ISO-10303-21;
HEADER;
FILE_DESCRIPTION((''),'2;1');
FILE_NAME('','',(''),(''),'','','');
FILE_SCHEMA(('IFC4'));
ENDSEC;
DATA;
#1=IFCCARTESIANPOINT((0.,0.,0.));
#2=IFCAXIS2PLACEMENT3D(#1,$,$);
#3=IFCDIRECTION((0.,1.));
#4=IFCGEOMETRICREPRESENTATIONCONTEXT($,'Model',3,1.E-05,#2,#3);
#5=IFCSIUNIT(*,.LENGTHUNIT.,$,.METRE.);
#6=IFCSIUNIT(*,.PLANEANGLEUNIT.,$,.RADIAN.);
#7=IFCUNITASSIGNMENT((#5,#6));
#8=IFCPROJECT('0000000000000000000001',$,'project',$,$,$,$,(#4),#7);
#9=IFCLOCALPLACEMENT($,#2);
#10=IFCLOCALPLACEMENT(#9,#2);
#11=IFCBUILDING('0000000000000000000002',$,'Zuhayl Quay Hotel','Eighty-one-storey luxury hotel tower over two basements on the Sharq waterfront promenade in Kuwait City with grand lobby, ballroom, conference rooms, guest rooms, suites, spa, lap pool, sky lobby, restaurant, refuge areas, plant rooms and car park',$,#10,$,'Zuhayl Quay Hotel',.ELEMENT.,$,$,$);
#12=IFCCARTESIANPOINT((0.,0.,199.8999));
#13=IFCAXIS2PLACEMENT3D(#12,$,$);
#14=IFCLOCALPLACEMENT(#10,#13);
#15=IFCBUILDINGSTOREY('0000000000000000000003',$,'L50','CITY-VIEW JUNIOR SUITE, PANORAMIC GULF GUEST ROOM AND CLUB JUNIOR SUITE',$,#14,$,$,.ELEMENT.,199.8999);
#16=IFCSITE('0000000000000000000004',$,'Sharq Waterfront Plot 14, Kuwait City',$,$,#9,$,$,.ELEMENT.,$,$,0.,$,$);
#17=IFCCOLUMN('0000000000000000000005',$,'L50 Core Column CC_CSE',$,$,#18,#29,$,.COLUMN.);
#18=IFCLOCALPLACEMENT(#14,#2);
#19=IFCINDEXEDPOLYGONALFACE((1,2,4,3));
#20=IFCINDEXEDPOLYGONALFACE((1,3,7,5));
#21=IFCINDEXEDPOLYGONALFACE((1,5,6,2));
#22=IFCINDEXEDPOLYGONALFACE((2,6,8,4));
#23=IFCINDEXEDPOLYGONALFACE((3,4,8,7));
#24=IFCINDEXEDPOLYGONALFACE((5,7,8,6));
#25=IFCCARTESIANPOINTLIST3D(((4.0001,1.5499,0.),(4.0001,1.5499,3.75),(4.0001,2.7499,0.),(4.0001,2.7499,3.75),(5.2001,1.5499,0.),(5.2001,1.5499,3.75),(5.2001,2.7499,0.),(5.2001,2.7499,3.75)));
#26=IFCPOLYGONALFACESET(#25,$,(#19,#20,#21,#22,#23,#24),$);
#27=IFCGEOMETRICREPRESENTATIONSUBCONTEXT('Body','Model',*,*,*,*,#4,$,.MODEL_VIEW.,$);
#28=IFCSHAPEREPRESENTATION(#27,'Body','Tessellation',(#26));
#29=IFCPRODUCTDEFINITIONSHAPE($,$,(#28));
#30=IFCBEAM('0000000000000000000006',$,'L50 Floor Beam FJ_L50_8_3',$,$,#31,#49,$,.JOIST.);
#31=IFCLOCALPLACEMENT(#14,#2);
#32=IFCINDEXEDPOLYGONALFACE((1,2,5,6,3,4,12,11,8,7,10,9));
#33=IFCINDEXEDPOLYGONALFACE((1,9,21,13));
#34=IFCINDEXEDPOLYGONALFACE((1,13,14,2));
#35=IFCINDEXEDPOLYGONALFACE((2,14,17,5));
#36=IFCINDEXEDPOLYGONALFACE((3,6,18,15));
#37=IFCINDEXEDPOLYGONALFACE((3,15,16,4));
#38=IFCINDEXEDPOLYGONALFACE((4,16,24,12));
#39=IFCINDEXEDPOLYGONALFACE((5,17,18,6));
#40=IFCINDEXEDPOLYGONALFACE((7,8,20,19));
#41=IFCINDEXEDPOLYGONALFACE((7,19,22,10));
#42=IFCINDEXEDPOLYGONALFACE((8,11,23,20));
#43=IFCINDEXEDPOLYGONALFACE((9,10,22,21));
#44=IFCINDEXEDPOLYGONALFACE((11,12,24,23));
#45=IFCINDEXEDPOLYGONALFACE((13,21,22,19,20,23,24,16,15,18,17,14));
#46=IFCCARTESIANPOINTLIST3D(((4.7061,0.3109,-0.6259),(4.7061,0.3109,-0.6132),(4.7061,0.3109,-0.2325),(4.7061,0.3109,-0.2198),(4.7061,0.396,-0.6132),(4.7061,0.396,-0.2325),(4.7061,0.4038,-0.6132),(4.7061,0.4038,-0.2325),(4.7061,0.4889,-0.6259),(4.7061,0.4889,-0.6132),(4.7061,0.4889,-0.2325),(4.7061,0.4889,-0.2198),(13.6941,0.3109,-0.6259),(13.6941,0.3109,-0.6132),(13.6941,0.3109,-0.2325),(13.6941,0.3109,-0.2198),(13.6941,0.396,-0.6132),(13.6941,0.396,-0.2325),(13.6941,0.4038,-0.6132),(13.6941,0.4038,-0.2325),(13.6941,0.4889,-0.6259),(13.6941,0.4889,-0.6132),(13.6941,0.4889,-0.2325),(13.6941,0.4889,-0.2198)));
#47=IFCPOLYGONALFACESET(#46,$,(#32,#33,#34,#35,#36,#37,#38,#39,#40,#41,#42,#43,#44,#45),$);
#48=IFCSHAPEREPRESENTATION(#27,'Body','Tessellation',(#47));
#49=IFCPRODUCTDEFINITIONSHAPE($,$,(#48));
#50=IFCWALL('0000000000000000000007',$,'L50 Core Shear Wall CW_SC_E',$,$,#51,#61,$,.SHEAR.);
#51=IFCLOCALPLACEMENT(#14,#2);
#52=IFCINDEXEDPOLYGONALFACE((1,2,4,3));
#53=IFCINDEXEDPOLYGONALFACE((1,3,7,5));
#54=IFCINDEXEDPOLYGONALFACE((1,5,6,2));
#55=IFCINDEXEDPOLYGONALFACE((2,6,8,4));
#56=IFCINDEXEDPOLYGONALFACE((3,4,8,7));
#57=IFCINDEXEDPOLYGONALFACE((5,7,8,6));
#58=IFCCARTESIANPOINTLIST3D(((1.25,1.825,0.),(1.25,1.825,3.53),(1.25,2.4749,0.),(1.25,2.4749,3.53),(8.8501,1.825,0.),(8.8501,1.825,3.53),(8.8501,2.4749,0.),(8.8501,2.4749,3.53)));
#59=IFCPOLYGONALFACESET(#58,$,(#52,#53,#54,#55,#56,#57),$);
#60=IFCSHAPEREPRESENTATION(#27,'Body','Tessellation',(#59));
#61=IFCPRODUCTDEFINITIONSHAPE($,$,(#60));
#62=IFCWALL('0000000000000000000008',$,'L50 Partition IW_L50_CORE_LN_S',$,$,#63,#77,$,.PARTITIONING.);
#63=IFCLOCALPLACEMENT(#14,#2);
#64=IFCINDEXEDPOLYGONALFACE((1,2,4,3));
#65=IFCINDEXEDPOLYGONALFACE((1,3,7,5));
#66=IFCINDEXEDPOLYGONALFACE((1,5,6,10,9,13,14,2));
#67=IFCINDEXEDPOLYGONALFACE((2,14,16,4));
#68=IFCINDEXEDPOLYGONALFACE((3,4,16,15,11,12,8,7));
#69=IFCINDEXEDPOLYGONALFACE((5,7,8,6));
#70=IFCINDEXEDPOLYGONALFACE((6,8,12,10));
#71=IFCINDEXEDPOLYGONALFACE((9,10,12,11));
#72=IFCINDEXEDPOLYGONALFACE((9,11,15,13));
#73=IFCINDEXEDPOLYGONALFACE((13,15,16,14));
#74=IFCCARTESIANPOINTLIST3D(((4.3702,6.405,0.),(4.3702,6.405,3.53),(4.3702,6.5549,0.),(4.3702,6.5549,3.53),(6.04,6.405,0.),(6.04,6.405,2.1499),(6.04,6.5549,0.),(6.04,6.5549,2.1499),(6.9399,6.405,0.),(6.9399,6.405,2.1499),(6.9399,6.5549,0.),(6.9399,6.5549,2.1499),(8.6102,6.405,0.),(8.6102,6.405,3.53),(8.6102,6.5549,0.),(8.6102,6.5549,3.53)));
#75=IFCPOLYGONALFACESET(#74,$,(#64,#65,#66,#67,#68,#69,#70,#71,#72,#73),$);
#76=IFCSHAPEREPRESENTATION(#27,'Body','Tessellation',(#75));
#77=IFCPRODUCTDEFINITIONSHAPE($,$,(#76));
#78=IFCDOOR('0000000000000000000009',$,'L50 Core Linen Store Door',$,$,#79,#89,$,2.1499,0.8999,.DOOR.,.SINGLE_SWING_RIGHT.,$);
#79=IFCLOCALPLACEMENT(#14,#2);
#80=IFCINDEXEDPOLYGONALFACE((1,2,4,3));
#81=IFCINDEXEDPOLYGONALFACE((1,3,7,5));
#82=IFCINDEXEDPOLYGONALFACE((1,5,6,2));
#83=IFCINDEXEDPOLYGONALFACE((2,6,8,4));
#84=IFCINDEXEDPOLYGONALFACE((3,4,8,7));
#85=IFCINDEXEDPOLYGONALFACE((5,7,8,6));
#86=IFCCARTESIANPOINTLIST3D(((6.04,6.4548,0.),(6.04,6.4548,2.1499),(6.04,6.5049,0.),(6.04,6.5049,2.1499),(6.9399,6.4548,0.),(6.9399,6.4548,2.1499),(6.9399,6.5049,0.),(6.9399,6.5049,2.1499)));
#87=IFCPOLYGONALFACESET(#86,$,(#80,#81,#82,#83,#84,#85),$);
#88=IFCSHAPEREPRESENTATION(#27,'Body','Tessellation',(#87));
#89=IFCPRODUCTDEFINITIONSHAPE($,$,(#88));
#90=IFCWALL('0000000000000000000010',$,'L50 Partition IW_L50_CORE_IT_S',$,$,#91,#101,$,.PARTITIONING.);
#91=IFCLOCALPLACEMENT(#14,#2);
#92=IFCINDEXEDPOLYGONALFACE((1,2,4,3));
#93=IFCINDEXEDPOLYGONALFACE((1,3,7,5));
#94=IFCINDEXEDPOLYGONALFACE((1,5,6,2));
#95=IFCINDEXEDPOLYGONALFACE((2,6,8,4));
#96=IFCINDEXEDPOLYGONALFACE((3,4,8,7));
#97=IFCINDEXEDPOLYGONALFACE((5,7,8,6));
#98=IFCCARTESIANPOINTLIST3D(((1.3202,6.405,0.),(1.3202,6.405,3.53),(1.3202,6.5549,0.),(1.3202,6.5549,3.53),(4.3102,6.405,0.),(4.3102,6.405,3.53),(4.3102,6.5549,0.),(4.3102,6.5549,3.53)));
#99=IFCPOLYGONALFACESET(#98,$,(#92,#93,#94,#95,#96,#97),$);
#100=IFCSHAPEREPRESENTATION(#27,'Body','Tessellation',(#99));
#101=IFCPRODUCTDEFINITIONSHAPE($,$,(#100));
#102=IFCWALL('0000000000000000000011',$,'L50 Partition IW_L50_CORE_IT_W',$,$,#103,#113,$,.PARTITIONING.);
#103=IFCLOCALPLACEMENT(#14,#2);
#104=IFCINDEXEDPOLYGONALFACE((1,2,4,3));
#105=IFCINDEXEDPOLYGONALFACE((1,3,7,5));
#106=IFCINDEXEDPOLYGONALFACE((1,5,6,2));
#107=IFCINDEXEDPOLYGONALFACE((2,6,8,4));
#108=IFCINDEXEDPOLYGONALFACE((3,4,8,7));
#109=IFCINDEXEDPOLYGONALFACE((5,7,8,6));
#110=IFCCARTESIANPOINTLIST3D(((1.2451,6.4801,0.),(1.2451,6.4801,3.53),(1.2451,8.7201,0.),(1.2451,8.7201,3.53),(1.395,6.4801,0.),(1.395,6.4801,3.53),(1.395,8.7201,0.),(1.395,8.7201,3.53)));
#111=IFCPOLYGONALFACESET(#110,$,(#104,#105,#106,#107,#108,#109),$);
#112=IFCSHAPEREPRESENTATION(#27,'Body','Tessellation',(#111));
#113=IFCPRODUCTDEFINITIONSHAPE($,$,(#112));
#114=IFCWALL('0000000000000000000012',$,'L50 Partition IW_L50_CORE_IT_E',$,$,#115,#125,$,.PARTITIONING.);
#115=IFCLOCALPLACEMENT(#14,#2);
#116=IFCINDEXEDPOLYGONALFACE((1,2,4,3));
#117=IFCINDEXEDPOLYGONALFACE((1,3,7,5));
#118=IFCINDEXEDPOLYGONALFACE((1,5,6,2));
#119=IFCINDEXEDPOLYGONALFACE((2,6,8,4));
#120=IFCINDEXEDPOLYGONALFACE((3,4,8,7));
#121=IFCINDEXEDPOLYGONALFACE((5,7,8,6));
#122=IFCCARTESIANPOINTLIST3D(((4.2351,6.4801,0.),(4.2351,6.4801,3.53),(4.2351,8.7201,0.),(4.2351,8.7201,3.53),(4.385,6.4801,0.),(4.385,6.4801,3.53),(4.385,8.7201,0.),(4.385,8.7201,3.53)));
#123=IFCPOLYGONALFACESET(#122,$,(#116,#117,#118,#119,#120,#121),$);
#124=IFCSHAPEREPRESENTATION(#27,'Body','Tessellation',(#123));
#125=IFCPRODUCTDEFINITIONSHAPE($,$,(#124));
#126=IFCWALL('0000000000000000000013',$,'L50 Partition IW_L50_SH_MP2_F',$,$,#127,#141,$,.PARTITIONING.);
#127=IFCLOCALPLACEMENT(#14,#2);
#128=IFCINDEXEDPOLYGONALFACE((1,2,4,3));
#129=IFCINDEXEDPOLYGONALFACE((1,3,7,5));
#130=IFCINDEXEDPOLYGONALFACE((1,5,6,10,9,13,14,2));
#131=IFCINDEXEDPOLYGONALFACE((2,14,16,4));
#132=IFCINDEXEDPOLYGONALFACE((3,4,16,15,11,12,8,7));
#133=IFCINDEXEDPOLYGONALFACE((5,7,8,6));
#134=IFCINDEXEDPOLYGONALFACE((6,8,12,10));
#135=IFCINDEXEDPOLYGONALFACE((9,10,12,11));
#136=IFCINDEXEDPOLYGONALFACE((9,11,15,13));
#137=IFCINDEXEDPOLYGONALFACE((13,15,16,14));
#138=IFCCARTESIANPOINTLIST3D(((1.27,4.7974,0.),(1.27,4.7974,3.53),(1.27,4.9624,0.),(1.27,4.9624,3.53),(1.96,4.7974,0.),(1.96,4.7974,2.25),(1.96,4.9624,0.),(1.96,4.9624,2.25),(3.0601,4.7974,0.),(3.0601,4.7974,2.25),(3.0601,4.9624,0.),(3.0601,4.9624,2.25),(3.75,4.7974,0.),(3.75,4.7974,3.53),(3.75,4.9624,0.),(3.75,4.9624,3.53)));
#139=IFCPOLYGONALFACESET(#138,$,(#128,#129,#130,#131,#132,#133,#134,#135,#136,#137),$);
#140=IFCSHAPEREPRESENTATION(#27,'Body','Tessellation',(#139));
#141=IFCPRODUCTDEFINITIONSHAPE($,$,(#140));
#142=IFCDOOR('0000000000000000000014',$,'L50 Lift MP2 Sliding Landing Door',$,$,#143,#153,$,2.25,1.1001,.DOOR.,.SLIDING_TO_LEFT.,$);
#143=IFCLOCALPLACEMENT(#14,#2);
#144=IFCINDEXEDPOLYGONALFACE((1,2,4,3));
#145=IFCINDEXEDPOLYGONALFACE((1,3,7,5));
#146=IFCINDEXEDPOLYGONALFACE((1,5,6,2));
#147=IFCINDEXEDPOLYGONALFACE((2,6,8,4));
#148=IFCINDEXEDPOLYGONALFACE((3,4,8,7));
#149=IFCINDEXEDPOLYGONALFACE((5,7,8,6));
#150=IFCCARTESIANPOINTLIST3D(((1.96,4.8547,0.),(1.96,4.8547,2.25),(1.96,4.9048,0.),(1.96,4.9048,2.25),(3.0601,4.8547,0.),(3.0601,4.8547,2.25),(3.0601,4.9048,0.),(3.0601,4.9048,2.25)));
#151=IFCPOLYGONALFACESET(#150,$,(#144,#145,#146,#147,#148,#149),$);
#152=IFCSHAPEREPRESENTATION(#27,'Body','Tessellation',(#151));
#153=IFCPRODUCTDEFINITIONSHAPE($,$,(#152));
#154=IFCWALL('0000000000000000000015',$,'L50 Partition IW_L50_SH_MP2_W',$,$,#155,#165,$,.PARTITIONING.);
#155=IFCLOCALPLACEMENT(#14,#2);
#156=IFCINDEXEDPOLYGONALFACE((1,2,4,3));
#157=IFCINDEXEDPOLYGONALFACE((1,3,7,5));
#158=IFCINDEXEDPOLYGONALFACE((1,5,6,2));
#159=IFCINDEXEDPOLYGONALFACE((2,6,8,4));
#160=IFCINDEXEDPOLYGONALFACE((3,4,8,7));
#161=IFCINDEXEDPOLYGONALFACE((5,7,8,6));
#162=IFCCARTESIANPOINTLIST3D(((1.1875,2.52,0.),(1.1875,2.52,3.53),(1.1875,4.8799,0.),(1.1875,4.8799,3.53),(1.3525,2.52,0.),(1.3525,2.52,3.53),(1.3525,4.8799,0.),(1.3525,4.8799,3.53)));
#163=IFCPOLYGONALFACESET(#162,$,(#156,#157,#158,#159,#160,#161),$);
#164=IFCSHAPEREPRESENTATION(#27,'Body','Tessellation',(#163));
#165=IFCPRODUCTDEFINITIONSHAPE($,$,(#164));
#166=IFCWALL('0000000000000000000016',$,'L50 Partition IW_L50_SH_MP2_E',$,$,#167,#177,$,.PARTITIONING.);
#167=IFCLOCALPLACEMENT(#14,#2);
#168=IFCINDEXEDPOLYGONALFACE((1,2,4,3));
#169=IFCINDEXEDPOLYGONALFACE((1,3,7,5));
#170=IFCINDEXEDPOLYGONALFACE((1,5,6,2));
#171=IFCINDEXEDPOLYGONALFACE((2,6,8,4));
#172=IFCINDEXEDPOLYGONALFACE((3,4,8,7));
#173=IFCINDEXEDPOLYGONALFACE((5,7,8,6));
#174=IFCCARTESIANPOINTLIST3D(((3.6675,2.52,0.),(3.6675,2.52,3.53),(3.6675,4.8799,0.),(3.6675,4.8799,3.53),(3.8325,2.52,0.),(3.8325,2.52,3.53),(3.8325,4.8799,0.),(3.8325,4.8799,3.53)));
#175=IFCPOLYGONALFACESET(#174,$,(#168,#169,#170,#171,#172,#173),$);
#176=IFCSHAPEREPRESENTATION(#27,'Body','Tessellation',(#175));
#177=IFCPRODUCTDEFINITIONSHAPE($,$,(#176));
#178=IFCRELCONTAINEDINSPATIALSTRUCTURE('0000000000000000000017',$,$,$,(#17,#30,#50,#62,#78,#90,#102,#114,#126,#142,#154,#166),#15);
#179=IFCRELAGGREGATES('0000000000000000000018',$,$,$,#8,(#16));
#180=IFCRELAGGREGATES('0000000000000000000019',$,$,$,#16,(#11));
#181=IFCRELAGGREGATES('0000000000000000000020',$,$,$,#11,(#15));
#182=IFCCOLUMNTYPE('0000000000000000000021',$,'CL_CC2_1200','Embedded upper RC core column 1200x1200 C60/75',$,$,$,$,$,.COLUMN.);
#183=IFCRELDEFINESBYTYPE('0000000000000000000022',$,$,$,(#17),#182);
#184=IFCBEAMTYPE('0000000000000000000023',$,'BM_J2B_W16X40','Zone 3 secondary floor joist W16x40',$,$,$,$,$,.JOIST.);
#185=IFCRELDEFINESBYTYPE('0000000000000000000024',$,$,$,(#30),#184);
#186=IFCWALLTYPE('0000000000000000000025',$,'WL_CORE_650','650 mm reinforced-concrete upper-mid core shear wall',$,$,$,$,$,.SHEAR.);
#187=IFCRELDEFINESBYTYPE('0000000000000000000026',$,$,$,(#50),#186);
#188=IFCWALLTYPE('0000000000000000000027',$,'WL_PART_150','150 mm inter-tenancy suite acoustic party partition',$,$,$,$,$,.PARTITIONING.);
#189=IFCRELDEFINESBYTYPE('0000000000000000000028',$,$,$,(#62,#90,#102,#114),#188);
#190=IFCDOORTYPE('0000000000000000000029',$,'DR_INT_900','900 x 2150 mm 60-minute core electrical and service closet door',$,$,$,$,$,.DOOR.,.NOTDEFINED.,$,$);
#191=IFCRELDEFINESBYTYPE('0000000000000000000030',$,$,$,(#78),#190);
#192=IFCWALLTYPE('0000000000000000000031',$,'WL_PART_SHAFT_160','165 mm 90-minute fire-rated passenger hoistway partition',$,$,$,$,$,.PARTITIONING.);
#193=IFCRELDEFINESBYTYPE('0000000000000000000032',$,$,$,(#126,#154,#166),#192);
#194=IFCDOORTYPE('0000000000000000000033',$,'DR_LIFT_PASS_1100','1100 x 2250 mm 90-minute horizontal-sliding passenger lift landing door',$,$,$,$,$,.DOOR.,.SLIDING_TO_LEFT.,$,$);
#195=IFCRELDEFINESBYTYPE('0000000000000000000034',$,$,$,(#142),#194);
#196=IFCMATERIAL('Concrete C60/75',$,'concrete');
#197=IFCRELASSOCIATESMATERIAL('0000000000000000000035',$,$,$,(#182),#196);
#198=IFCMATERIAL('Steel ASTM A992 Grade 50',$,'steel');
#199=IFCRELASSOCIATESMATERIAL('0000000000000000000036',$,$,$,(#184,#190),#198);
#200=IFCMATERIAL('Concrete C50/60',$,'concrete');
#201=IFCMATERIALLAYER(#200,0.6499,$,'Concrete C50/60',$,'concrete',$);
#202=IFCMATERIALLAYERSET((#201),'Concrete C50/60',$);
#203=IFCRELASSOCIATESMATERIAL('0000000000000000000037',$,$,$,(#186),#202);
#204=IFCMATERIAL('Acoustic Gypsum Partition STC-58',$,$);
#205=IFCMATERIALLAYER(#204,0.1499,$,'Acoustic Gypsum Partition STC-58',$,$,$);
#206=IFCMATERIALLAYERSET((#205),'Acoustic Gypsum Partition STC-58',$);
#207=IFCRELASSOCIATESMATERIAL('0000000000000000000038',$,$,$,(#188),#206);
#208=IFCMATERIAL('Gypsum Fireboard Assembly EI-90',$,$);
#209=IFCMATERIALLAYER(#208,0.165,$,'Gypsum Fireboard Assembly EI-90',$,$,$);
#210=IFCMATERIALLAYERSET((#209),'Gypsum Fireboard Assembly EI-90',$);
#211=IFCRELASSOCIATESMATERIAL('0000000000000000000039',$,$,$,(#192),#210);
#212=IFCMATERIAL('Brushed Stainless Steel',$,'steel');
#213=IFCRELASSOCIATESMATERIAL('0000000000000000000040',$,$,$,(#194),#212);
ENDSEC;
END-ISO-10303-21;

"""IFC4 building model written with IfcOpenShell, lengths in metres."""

from ifc_helpers import new_model, si_unit, direction, frame, frame_2d, origin, origin_2d, place, context, subcontext, project, spatial, rectangle, i_section, extrude, material, layer, layer_set, material_profile, profile_set, type_object, element, fill, save


model = new_model("IFC4")

# Units and contexts
model_context = context("Model", 3, precision=1e-05, world=origin(), true_north=direction((0.0, 1.0)))
body_context = subcontext(model_context, "Body", "Model", "MODEL_VIEW")
ifc_project = project(units=[si_unit("LENGTHUNIT", "METRE"), si_unit("PLANEANGLEUNIT", "RADIAN")], contexts=[model_context])

# Site, building, storey
site_placement = place(None, origin())
site = spatial("IfcSite", under=ifc_project, at=site_placement, Name="Sharq Waterfront Plot 14, Kuwait City", CompositionType="ELEMENT", RefElevation=0.0)
building_placement = place(site_placement, origin())
building = spatial("IfcBuilding", under=site, at=building_placement, Name="Zuhayl Quay Hotel", Description="Eighty-one-storey luxury hotel tower over two basements on the Sharq waterfront promenade in Kuwait City with grand lobby, ballroom, conference rooms, guest rooms, suites, spa, lap pool, sky lobby, restaurant, refuge areas, plant rooms and car park", LongName="Zuhayl Quay Hotel", CompositionType="ELEMENT")
storey_placement = place(building_placement, frame((0.0, 0.0, 199.8999)))
storey = spatial("IfcBuildingStorey", under=building, at=storey_placement, Name="L50", Description="CITY-VIEW JUNIOR SUITE, PANORAMIC GULF GUEST ROOM AND CLUB JUNIOR SUITE", CompositionType="ELEMENT", Elevation=199.8999)

# Column
ifc_material_1 = material(Name="Concrete C60/75", Category="concrete")
ifc_material_profile_1 = material_profile(ifc_material_1, rectangle(XDim=1.2, YDim=1.2, at=origin_2d()), Name="RC1200X1200")
ifc_profile_set_1 = profile_set([ifc_material_profile_1], Name="Concrete C60/75")
column_type = type_object("IfcColumnType", Name="CL_CC2_1200", Description="Embedded upper RC core column 1200x1200 C60/75", PredefinedType="COLUMN", material=ifc_profile_set_1)
column_placement = place(storey_placement, frame((4.6001, 2.1499, 0.0), z_axis=(0.0, 0.0, 1.0), x_axis=(1.0, 0.0, 0.0)))
element("IfcColumn", 1, at=column_placement, inside=storey, type_object=column_type, Name="L50 Core Column CC_CSE", PredefinedType="COLUMN", context=body_context, shape_type="SweptSolid", body=[
    extrude(rectangle(XDim=1.2, YDim=1.2, at=origin_2d()), origin(), (0.0, 0.0, 1.0), 3.75),
])

# Beam
ifc_material_2 = material(Name="Steel ASTM A992 Grade 50", Category="steel")
ifc_material_profile_2 = material_profile(ifc_material_2, i_section(OverallWidth=0.178, OverallDepth=0.406, WebThickness=0.0078, FlangeThickness=0.0127, at=origin_2d()), Name="W16X40")
ifc_profile_set_2 = profile_set([ifc_material_profile_2], Name="Steel ASTM A992 Grade 50")
beam_type = type_object("IfcBeamType", Name="BM_J2B_W16X40", Description="Zone 3 secondary floor joist W16x40", PredefinedType="JOIST", material=ifc_profile_set_2)
beam_placement = place(storey_placement, frame((4.7061, 0.3999, -0.4229), z_axis=(1.0, 0.0, 0.0), x_axis=(0.0, 1.0, 0.0)))
element("IfcBeam", 2, at=beam_placement, inside=storey, type_object=beam_type, Name="L50 Floor Beam FJ_L50_8_3", PredefinedType="JOIST", context=body_context, shape_type="SweptSolid", body=[
    extrude(i_section(OverallWidth=0.178, OverallDepth=0.406, WebThickness=0.0078, FlangeThickness=0.0127, at=origin_2d()), origin(), (0.0, 0.0, 1.0), 8.988),
])

# Wall
ifc_material_3 = material(Name="Concrete C50/60", Category="concrete")
ifc_layer_1 = layer(ifc_material_3, 0.6499, Name="Concrete C50/60", Category="concrete")
ifc_layer_set_1 = layer_set([ifc_layer_1], Name="Concrete C50/60")
wall_type_1 = type_object("IfcWallType", Name="WL_CORE_650", Description="650 mm reinforced-concrete upper-mid core shear wall", PredefinedType="SHEAR", material=ifc_layer_set_1)
wall_1_placement = place(storey_placement, frame((1.25, 2.1499, 0.0), z_axis=(0.0, 0.0, 1.0), x_axis=(1.0, 0.0, 0.0)))
element("IfcWall", 3, at=wall_1_placement, inside=storey, type_object=wall_type_1, Name="L50 Core Shear Wall CW_SC_E", PredefinedType="SHEAR", context=body_context, shape_type="SweptSolid", body=[
    extrude(rectangle(XDim=7.6001, YDim=0.6499, at=frame_2d((3.8, 0.0))), origin(), (0.0, 0.0, 1.0), 3.53),
])

# Wall, opening, door
ifc_material_4 = material(Name="Acoustic Gypsum Partition STC-58")
ifc_layer_2 = layer(ifc_material_4, 0.1499, Name="Acoustic Gypsum Partition STC-58")
ifc_layer_set_2 = layer_set([ifc_layer_2], Name="Acoustic Gypsum Partition STC-58")
wall_type_2 = type_object("IfcWallType", Name="WL_PART_150", Description="150 mm inter-tenancy suite acoustic party partition", PredefinedType="PARTITIONING", material=ifc_layer_set_2)
door_type_1 = type_object("IfcDoorType", Name="DR_INT_900", Description="900 x 2150 mm 60-minute core electrical and service closet door", OperationType="NOTDEFINED", PredefinedType="DOOR", material=ifc_material_2)
wall_2_placement = place(storey_placement, frame((4.3701, 6.48, 0.0), z_axis=(0.0, 0.0, 1.0), x_axis=(1.0, 0.0, 0.0)))
wall_2 = element("IfcWall", 4, at=wall_2_placement, inside=storey, type_object=wall_type_2, Name="L50 Partition IW_L50_CORE_LN_S", PredefinedType="PARTITIONING", context=body_context, shape_type="SweptSolid", body=[
    extrude(rectangle(XDim=4.24, YDim=0.1499, at=frame_2d((2.1201, 0.0))), origin(), (0.0, 0.0, 1.0), 3.53),
])
opening_1_placement = place(wall_2_placement, frame((1.6699, 0.0, 0.0)))
opening_1 = element("IfcOpeningElement", 5, at=opening_1_placement, cuts=wall_2, PredefinedType="OPENING", context=body_context, shape_type="SweptSolid", body=[
    extrude(rectangle(XDim=0.8999, YDim=2.1499, at=frame_2d((0.45, 1.075))), frame((0.0, 0.085, 0.0), z_axis=(0.0, -1.0, 0.0), x_axis=(1.0, 0.0, 0.0)), (0.0, 0.0, 1.0), 0.1699),
])
door_1_placement = place(opening_1_placement, origin())
door_1 = element("IfcDoor", 6, at=door_1_placement, inside=storey, type_object=door_type_1, Name="L50 Core Linen Store Door", OperationType="SINGLE_SWING_RIGHT", OverallHeight=2.1499, OverallWidth=0.8999, PredefinedType="DOOR", context=body_context, shape_type="SweptSolid", body=[
    extrude(rectangle(XDim=0.8999, YDim=2.1499, at=frame_2d((0.45, 1.075))), frame((0.0, 0.0249, 0.0), z_axis=(0.0, -1.0, 0.0), x_axis=(1.0, 0.0, 0.0)), (0.0, 0.0, 1.0), 0.05),
])
fill(opening_1, door_1)

# Walls
wall_3_placement = place(storey_placement, frame((1.3201, 6.48, 0.0), z_axis=(0.0, 0.0, 1.0), x_axis=(1.0, 0.0, 0.0)))
element("IfcWall", 7, at=wall_3_placement, inside=storey, type_object=wall_type_2, Name="L50 Partition IW_L50_CORE_IT_S", PredefinedType="PARTITIONING", context=body_context, shape_type="SweptSolid", body=[
    extrude(rectangle(XDim=2.99, YDim=0.1499, at=frame_2d((1.4951, 0.0))), origin(), (0.0, 0.0, 1.0), 3.53),
])
for number, where, z_axis, x_axis, name in (
    (8, (1.3201, 6.48, 0.0), (0.0, 0.0, 1.0), (0.0, 1.0, 0.0), "L50 Partition IW_L50_CORE_IT_W"),
    (9, (4.3101, 6.48, 0.0), (0.0, 0.0, 1.0), (0.0, 1.0, 0.0), "L50 Partition IW_L50_CORE_IT_E"),
):
    element("IfcWall", number, at=place(storey_placement, frame(where, z_axis=z_axis, x_axis=x_axis)), inside=storey, type_object=wall_type_2, Name=name, PredefinedType="PARTITIONING", context=body_context, shape_type="SweptSolid", body=[
        extrude(rectangle(XDim=2.24, YDim=0.1499, at=frame_2d((1.1201, 0.0))), origin(), (0.0, 0.0, 1.0), 3.53),
    ])

# Wall, opening, door
ifc_material_5 = material(Name="Gypsum Fireboard Assembly EI-90")
ifc_layer_3 = layer(ifc_material_5, 0.165, Name="Gypsum Fireboard Assembly EI-90")
ifc_layer_set_3 = layer_set([ifc_layer_3], Name="Gypsum Fireboard Assembly EI-90")
wall_type_3 = type_object("IfcWallType", Name="WL_PART_SHAFT_160", Description="165 mm 90-minute fire-rated passenger hoistway partition", PredefinedType="PARTITIONING", material=ifc_layer_set_3)
wall_4_placement = place(storey_placement, frame((1.27, 4.8799, 0.0), z_axis=(0.0, 0.0, 1.0), x_axis=(1.0, 0.0, 0.0)))
wall_4 = element("IfcWall", 10, at=wall_4_placement, inside=storey, type_object=wall_type_3, Name="L50 Partition IW_L50_SH_MP2_F", PredefinedType="PARTITIONING", context=body_context, shape_type="SweptSolid", body=[
    extrude(rectangle(XDim=2.48, YDim=0.165, at=frame_2d((1.24, 0.0))), origin(), (0.0, 0.0, 1.0), 3.53),
])
opening_2_placement = place(wall_4_placement, frame((0.6899, 0.0, 0.0)))
opening_2 = element("IfcOpeningElement", 11, at=opening_2_placement, cuts=wall_4, PredefinedType="OPENING", context=body_context, shape_type="SweptSolid", body=[
    extrude(rectangle(XDim=1.1001, YDim=2.25, at=frame_2d((0.55, 1.125))), frame((0.0, 0.0925, 0.0), z_axis=(0.0, -1.0, 0.0), x_axis=(1.0, 0.0, 0.0)), (0.0, 0.0, 1.0), 0.1851),
])
ifc_material_6 = material(Name="Brushed Stainless Steel", Category="steel")
door_type_2 = type_object("IfcDoorType", Name="DR_LIFT_PASS_1100", Description="1100 x 2250 mm 90-minute horizontal-sliding passenger lift landing door", OperationType="SLIDING_TO_LEFT", PredefinedType="DOOR", material=ifc_material_6)
door_2_placement = place(opening_2_placement, origin())
door_2 = element("IfcDoor", 12, at=door_2_placement, inside=storey, type_object=door_type_2, Name="L50 Lift MP2 Sliding Landing Door", OperationType="SLIDING_TO_LEFT", OverallHeight=2.25, OverallWidth=1.1001, PredefinedType="DOOR", context=body_context, shape_type="SweptSolid", body=[
    extrude(rectangle(XDim=1.1001, YDim=2.25, at=frame_2d((0.55, 1.125))), frame((0.0, 0.0249, 0.0), z_axis=(0.0, -1.0, 0.0), x_axis=(1.0, 0.0, 0.0)), (0.0, 0.0, 1.0), 0.05),
])
fill(opening_2, door_2)

# Walls
for number, where, z_axis, x_axis, name in (
    (13, (1.27, 2.52, 0.0), (0.0, 0.0, 1.0), (0.0, 1.0, 0.0), "L50 Partition IW_L50_SH_MP2_W"),
    (14, (3.75, 2.52, 0.0), (0.0, 0.0, 1.0), (0.0, 1.0, 0.0), "L50 Partition IW_L50_SH_MP2_E"),
):
    element("IfcWall", number, at=place(storey_placement, frame(where, z_axis=z_axis, x_axis=x_axis)), inside=storey, type_object=wall_type_3, Name=name, PredefinedType="PARTITIONING", context=body_context, shape_type="SweptSolid", body=[
        extrude(rectangle(XDim=2.3599, YDim=0.165, at=frame_2d((1.1799, 0.0))), origin(), (0.0, 0.0, 1.0), 3.53),
    ])

save(model, "model.ifc")
